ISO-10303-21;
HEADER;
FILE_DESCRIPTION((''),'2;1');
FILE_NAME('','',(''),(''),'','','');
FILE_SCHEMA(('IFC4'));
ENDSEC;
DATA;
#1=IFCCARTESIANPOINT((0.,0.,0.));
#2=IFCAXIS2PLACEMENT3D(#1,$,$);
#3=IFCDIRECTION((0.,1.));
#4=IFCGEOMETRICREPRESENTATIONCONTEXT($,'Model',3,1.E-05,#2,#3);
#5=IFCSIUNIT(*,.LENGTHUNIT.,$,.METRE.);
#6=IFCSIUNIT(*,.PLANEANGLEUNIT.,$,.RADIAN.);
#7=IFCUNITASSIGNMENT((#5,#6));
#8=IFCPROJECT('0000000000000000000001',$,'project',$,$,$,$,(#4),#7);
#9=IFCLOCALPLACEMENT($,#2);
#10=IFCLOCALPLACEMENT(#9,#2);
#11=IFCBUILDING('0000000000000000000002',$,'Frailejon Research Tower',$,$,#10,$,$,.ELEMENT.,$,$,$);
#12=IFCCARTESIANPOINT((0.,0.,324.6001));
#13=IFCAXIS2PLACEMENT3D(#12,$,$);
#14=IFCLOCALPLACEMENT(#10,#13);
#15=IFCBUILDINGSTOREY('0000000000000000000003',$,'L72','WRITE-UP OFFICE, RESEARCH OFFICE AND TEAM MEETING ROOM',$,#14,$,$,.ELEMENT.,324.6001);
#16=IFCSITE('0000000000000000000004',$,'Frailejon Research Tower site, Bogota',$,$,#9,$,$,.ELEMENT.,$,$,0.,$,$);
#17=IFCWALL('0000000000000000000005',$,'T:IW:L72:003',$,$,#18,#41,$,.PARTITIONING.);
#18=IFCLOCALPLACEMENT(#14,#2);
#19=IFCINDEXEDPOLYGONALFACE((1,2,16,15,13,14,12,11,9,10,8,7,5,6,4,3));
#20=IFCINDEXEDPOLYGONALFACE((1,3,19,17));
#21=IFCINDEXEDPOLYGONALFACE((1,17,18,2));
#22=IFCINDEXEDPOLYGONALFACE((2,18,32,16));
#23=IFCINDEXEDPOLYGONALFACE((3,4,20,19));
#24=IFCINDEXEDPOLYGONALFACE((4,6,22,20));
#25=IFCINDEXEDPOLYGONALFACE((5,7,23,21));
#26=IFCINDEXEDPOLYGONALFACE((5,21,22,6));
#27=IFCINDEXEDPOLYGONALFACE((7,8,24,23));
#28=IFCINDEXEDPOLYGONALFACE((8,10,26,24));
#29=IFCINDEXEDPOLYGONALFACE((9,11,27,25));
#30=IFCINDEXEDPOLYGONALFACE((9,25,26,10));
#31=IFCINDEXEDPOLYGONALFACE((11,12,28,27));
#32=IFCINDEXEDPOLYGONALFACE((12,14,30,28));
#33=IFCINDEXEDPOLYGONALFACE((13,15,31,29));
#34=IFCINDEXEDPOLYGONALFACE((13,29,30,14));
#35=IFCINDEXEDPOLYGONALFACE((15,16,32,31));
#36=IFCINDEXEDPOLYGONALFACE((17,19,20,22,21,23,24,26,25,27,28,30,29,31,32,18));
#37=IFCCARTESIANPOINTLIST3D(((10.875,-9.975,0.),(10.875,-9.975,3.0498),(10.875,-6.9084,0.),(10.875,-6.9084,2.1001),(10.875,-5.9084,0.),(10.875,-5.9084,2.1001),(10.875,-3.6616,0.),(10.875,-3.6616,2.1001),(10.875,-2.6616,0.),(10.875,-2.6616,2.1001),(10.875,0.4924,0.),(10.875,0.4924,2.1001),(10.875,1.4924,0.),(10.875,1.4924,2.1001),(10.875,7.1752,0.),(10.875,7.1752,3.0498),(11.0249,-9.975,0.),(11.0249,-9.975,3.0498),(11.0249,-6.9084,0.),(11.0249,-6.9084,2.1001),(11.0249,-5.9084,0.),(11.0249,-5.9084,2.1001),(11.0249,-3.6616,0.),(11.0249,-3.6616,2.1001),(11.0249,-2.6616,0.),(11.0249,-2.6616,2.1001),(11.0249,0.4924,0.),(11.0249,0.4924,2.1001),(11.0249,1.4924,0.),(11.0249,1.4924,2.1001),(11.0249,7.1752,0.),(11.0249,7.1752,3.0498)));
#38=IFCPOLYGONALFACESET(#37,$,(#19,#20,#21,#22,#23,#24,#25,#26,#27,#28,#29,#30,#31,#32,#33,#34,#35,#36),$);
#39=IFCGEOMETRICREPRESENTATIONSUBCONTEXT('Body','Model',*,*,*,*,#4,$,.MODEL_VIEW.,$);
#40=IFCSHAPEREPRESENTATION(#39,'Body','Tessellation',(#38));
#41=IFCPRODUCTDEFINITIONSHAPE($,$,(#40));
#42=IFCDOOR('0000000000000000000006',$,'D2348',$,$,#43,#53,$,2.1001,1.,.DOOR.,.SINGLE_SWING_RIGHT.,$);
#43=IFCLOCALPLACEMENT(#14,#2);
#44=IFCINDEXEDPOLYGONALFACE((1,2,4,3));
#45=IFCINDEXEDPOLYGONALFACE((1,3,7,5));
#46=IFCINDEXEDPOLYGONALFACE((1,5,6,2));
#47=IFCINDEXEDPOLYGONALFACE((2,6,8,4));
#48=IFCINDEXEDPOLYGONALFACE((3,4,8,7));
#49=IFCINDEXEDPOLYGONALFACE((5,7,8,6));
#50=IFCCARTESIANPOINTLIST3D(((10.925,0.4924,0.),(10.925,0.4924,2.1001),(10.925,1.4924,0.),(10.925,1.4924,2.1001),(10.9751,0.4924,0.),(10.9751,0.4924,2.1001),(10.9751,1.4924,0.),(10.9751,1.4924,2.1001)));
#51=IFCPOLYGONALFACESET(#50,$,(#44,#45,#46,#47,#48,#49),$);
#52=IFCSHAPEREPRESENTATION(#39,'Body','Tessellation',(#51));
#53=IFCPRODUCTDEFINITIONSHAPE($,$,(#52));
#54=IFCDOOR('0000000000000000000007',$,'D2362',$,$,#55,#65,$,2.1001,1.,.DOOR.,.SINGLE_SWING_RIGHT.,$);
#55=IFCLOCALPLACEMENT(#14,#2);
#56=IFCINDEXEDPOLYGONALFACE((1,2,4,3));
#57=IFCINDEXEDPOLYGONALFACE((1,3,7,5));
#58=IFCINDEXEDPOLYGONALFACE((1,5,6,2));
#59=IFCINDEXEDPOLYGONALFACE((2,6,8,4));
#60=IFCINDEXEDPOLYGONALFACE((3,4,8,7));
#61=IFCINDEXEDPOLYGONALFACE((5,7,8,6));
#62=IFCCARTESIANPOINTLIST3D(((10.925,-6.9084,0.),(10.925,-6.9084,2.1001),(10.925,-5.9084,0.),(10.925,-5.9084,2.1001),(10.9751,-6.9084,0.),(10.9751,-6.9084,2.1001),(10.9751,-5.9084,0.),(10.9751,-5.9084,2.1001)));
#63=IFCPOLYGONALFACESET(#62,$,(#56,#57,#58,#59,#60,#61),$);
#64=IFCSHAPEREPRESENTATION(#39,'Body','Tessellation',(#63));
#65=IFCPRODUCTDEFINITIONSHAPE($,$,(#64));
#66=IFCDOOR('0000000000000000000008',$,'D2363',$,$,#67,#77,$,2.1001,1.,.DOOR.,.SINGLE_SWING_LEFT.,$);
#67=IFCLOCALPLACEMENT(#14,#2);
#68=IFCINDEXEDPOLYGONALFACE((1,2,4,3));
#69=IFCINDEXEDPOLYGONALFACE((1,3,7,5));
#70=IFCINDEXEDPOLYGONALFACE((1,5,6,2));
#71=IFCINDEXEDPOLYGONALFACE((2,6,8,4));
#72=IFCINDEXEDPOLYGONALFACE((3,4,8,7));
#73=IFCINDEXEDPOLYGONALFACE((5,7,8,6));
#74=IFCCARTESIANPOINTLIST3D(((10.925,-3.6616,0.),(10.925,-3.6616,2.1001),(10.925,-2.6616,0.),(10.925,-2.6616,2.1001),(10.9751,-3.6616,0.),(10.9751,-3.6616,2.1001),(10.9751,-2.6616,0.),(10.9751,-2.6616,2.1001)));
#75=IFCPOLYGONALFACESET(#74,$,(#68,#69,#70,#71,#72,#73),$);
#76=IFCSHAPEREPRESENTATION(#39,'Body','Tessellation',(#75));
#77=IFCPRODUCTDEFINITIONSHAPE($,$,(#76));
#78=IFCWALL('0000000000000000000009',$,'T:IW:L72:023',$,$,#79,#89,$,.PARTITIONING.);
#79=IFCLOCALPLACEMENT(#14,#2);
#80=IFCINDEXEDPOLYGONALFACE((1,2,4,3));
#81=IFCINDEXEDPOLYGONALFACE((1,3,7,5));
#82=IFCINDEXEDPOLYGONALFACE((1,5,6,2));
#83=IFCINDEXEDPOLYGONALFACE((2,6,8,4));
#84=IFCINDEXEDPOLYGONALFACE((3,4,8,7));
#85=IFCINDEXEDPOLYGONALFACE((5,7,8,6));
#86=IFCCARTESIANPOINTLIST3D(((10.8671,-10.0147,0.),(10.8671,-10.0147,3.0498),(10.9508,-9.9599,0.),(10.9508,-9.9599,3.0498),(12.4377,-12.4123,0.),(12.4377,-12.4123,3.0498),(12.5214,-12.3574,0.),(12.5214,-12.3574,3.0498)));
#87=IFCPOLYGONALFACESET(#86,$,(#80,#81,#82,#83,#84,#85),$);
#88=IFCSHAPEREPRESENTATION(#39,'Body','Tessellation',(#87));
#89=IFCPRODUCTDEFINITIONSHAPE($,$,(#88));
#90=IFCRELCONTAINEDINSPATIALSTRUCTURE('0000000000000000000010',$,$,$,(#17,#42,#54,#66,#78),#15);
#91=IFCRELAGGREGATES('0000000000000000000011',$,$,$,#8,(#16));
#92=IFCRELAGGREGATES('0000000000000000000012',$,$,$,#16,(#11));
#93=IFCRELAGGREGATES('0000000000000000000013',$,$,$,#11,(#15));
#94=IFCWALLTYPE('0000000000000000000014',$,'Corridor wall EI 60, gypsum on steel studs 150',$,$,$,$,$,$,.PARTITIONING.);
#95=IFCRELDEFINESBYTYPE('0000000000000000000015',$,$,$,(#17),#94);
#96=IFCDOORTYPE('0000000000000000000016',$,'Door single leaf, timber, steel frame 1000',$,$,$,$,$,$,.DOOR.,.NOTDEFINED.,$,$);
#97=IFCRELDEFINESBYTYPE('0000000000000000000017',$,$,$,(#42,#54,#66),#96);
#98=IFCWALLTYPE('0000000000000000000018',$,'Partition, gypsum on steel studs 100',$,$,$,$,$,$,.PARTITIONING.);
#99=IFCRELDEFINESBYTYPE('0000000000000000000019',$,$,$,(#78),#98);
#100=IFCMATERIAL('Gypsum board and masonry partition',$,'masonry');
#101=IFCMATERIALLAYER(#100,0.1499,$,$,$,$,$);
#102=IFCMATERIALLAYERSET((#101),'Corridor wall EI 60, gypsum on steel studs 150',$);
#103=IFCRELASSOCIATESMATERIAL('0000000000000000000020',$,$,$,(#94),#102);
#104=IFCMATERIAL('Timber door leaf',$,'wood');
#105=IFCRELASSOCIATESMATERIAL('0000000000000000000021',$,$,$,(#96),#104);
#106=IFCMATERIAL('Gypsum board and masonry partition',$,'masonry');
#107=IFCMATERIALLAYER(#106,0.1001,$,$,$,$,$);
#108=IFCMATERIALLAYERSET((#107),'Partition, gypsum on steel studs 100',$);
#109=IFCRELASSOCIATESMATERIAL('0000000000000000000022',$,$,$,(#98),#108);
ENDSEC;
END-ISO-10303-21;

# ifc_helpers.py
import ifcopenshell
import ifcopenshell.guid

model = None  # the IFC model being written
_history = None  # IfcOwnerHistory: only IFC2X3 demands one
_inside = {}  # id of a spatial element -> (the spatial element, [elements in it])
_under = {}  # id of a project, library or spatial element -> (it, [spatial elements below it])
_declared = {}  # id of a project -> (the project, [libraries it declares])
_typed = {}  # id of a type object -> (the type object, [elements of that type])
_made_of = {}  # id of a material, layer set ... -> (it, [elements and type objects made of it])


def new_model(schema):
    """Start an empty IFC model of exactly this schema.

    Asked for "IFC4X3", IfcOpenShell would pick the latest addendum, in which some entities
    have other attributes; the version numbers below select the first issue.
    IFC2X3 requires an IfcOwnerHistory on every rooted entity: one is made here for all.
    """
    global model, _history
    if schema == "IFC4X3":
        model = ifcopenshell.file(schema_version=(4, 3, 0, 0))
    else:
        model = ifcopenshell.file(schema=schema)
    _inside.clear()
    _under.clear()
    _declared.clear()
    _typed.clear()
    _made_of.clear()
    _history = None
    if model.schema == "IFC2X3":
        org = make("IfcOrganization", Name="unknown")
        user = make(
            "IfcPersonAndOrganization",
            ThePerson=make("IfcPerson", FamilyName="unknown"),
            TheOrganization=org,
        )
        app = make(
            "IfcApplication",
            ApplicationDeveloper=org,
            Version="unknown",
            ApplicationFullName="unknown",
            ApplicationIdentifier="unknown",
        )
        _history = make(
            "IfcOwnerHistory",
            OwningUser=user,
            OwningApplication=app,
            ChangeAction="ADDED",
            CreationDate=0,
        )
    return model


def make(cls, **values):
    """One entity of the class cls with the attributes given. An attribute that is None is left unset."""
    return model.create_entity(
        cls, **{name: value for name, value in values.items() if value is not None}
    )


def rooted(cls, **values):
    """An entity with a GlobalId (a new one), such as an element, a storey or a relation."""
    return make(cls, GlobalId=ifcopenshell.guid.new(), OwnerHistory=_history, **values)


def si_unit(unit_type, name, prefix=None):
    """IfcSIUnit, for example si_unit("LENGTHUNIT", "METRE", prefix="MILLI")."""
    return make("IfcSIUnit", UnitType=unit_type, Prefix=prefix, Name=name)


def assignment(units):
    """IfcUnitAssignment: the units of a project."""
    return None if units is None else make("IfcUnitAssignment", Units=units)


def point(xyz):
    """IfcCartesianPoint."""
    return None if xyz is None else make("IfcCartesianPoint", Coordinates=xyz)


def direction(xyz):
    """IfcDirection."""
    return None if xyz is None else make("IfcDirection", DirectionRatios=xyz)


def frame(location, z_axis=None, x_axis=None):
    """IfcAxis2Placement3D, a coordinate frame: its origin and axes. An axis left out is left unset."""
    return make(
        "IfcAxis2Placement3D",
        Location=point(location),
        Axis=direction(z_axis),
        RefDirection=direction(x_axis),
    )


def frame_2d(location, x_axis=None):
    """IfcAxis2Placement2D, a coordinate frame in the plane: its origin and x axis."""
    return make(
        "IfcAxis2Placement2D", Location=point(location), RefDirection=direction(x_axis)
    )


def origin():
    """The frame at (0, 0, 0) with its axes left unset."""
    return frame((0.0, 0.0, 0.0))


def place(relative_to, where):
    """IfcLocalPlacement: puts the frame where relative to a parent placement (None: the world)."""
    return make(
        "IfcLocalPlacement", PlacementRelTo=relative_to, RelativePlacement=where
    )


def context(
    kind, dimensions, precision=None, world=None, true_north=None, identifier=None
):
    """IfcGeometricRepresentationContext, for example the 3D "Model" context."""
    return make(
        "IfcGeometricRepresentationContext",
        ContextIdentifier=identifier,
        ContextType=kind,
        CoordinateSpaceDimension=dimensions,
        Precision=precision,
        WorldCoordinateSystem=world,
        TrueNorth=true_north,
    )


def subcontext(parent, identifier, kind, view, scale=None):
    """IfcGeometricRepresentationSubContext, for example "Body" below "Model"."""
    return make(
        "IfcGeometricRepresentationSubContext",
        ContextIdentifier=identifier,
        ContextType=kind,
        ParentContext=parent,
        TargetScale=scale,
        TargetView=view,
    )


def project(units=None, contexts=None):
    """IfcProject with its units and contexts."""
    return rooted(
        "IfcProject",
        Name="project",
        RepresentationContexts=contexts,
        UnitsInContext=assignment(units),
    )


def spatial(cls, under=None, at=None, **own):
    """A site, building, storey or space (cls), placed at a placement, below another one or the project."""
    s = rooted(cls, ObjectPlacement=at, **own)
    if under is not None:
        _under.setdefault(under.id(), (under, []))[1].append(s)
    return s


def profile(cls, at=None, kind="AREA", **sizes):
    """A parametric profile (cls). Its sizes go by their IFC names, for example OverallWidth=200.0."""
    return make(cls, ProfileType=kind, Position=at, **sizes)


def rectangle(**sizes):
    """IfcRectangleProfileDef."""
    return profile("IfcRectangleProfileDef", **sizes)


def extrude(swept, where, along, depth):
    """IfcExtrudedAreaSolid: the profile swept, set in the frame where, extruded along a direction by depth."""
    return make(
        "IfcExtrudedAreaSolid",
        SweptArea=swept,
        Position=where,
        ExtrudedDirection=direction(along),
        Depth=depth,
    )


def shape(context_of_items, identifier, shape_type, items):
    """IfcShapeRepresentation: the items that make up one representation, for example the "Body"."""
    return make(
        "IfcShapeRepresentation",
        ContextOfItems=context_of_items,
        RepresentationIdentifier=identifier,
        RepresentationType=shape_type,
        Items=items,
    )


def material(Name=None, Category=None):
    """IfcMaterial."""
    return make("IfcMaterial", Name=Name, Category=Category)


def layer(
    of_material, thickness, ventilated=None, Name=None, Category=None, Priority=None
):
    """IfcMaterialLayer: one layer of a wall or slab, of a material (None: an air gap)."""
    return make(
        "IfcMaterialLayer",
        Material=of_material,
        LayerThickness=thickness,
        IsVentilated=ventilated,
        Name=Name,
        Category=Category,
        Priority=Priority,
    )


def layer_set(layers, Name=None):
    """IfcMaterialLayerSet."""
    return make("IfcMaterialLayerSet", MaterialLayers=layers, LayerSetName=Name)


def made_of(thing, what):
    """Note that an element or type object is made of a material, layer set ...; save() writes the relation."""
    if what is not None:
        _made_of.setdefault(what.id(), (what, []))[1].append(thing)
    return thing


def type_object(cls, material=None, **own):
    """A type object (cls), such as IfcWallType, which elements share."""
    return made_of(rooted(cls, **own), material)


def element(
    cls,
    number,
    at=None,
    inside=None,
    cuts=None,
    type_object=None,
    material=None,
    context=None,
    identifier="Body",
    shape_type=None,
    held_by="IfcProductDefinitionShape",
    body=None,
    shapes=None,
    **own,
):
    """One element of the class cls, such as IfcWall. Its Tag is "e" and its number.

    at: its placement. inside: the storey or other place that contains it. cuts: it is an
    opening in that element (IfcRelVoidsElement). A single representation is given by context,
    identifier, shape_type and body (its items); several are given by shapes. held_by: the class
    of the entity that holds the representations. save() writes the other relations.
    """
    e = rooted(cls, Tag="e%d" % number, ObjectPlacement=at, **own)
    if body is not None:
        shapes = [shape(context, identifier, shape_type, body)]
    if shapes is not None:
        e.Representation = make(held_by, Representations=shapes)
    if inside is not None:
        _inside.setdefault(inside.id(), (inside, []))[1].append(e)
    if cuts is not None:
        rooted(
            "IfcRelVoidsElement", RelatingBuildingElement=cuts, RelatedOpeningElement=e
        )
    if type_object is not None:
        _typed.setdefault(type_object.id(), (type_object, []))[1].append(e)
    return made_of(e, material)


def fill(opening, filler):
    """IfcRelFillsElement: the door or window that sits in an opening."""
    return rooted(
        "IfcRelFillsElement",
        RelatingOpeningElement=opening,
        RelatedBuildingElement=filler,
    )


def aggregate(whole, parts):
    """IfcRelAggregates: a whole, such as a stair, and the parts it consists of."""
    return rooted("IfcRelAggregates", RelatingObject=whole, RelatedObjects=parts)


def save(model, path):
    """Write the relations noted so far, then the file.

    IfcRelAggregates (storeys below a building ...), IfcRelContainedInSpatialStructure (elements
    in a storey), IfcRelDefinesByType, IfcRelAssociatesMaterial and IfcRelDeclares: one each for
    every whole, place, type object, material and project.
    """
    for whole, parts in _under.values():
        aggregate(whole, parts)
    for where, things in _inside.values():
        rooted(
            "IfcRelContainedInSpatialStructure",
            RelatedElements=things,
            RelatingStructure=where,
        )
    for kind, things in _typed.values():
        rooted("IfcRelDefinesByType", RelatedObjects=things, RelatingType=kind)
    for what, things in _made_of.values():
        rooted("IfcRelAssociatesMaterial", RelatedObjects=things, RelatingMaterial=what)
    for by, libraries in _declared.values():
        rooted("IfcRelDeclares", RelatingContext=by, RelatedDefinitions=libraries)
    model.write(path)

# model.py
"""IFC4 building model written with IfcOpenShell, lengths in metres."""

from ifc_helpers import new_model, si_unit, direction, frame, frame_2d, origin, place, context, subcontext, project, spatial, rectangle, extrude, material, layer, layer_set, type_object, element, fill, save


model = new_model("IFC4")

# Units and contexts
model_context = context("Model", 3, precision=1e-05, world=origin(), true_north=direction((0.0, 1.0)))
body_context = subcontext(model_context, "Body", "Model", "MODEL_VIEW")
ifc_project = project(units=[si_unit("LENGTHUNIT", "METRE"), si_unit("PLANEANGLEUNIT", "RADIAN")], contexts=[model_context])

# Site, building, storey
site_placement = place(None, origin())
site = spatial("IfcSite", under=ifc_project, at=site_placement, Name="Frailejon Research Tower site, Bogota", CompositionType="ELEMENT", RefElevation=0.0)
building_placement = place(site_placement, origin())
building = spatial("IfcBuilding", under=site, at=building_placement, Name="Frailejon Research Tower", CompositionType="ELEMENT")
storey_placement = place(building_placement, frame((0.0, 0.0, 324.6001)))
storey = spatial("IfcBuildingStorey", under=building, at=storey_placement, Name="L72", Description="WRITE-UP OFFICE, RESEARCH OFFICE AND TEAM MEETING ROOM", CompositionType="ELEMENT", Elevation=324.6001)

# Wall, openings, doors
ifc_material_1 = material(Name="Gypsum board and masonry partition", Category="masonry")
ifc_layer_1 = layer(ifc_material_1, 0.1499)
ifc_layer_set_1 = layer_set([ifc_layer_1], Name="Corridor wall EI 60, gypsum on steel studs 150")
wall_type_1 = type_object("IfcWallType", Name="Corridor wall EI 60, gypsum on steel studs 150", PredefinedType="PARTITIONING", material=ifc_layer_set_1)
wall_1_placement = place(storey_placement, frame((10.95, -9.9751, 0.0), z_axis=(0.0, 0.0, 1.0), x_axis=(0.0, 1.0, 0.0)))
wall_1 = element("IfcWall", 1, at=wall_1_placement, inside=storey, type_object=wall_type_1, Name="T:IW:L72:003", PredefinedType="PARTITIONING", context=body_context, shape_type="SweptSolid", body=[
    extrude(rectangle(XDim=17.1501, YDim=0.1499, at=frame_2d((8.5752, 0.0))), origin(), (0.0, 0.0, 1.0), 3.0498),
])
opening_1_placement = place(wall_1_placement, frame((10.4675, 0.0, 0.0)))
opening_1 = element("IfcOpeningElement", 2, at=opening_1_placement, cuts=wall_1, PredefinedType="OPENING", context=body_context, shape_type="SweptSolid", body=[
    extrude(rectangle(XDim=1.0, YDim=2.1001, at=frame_2d((0.5, 1.05))), frame((0.0, 0.085, 0.0), z_axis=(0.0, -1.0, 0.0), x_axis=(1.0, 0.0, 0.0)), (0.0, 0.0, 1.0), 0.1699),
])
opening_2_placement = place(wall_1_placement, frame((3.0667, 0.0, 0.0)))
opening_2 = element("IfcOpeningElement", 3, at=opening_2_placement, cuts=wall_1, PredefinedType="OPENING", context=body_context, shape_type="SweptSolid", body=[
    extrude(rectangle(XDim=1.0, YDim=2.1001, at=frame_2d((0.5, 1.05))), frame((0.0, 0.085, 0.0), z_axis=(0.0, -1.0, 0.0), x_axis=(1.0, 0.0, 0.0)), (0.0, 0.0, 1.0), 0.1699),
])
opening_3_placement = place(wall_1_placement, frame((6.3135, 0.0, 0.0)))
opening_3 = element("IfcOpeningElement", 4, at=opening_3_placement, cuts=wall_1, PredefinedType="OPENING", context=body_context, shape_type="SweptSolid", body=[
    extrude(rectangle(XDim=1.0, YDim=2.1001, at=frame_2d((0.5, 1.05))), frame((0.0, 0.085, 0.0), z_axis=(0.0, -1.0, 0.0), x_axis=(1.0, 0.0, 0.0)), (0.0, 0.0, 1.0), 0.1699),
])
ifc_material_2 = material(Name="Timber door leaf", Category="wood")
door_type_1 = type_object("IfcDoorType", Name="Door single leaf, timber, steel frame 1000", OperationType="NOTDEFINED", PredefinedType="DOOR", material=ifc_material_2)
door_1_placement = place(opening_1_placement, origin())
door_1 = element("IfcDoor", 5, at=door_1_placement, inside=storey, type_object=door_type_1, Name="D2348", OperationType="SINGLE_SWING_RIGHT", OverallHeight=2.1001, OverallWidth=1.0, PredefinedType="DOOR", context=body_context, shape_type="SweptSolid", body=[
    extrude(rectangle(XDim=1.0, YDim=2.1001, at=frame_2d((0.5, 1.05))), frame((0.0, 0.0249, 0.0), z_axis=(0.0, -1.0, 0.0), x_axis=(1.0, 0.0, 0.0)), (0.0, 0.0, 1.0), 0.05),
])
fill(opening_1, door_1)
door_2_placement = place(opening_2_placement, origin())
door_2 = element("IfcDoor", 6, at=door_2_placement, inside=storey, type_object=door_type_1, Name="D2362", OperationType="SINGLE_SWING_RIGHT", OverallHeight=2.1001, OverallWidth=1.0, PredefinedType="DOOR", context=body_context, shape_type="SweptSolid", body=[
    extrude(rectangle(XDim=1.0, YDim=2.1001, at=frame_2d((0.5, 1.05))), frame((0.0, 0.0249, 0.0), z_axis=(0.0, -1.0, 0.0), x_axis=(1.0, 0.0, 0.0)), (0.0, 0.0, 1.0), 0.05),
])
fill(opening_2, door_2)
door_3_placement = place(opening_3_placement, origin())
door_3 = element("IfcDoor", 7, at=door_3_placement, inside=storey, type_object=door_type_1, Name="D2363", OperationType="SINGLE_SWING_LEFT", OverallHeight=2.1001, OverallWidth=1.0, PredefinedType="DOOR", context=body_context, shape_type="SweptSolid", body=[
    extrude(rectangle(XDim=1.0, YDim=2.1001, at=frame_2d((0.5, 1.05))), frame((0.0, 0.0249, 0.0), z_axis=(0.0, -1.0, 0.0), x_axis=(1.0, 0.0, 0.0)), (0.0, 0.0, 1.0), 0.05),
])
fill(opening_3, door_3)

# Wall
ifc_material_3 = material(Name="Gypsum board and masonry partition", Category="masonry")
ifc_layer_2 = layer(ifc_material_3, 0.1001)
ifc_layer_set_2 = layer_set([ifc_layer_2], Name="Partition, gypsum on steel studs 100")
wall_type_2 = type_object("IfcWallType", Name="Partition, gypsum on steel studs 100", PredefinedType="PARTITIONING", material=ifc_layer_set_2)
wall_2_placement = place(storey_placement, frame((10.9089, -9.9873, 0.0), z_axis=(0.0, 0.0, 1.0), x_axis=(0.547979, -0.836492, 0.0)))
element("IfcWall", 8, at=wall_2_placement, inside=storey, type_object=wall_type_2, Name="T:IW:L72:023", PredefinedType="PARTITIONING", context=body_context, shape_type="SweptSolid", body=[
    extrude(rectangle(XDim=2.8662, YDim=0.1001, at=frame_2d((1.4331, 0.0))), origin(), (0.0, 0.0, 1.0), 3.0498),
])

save(model, "model.ifc")
